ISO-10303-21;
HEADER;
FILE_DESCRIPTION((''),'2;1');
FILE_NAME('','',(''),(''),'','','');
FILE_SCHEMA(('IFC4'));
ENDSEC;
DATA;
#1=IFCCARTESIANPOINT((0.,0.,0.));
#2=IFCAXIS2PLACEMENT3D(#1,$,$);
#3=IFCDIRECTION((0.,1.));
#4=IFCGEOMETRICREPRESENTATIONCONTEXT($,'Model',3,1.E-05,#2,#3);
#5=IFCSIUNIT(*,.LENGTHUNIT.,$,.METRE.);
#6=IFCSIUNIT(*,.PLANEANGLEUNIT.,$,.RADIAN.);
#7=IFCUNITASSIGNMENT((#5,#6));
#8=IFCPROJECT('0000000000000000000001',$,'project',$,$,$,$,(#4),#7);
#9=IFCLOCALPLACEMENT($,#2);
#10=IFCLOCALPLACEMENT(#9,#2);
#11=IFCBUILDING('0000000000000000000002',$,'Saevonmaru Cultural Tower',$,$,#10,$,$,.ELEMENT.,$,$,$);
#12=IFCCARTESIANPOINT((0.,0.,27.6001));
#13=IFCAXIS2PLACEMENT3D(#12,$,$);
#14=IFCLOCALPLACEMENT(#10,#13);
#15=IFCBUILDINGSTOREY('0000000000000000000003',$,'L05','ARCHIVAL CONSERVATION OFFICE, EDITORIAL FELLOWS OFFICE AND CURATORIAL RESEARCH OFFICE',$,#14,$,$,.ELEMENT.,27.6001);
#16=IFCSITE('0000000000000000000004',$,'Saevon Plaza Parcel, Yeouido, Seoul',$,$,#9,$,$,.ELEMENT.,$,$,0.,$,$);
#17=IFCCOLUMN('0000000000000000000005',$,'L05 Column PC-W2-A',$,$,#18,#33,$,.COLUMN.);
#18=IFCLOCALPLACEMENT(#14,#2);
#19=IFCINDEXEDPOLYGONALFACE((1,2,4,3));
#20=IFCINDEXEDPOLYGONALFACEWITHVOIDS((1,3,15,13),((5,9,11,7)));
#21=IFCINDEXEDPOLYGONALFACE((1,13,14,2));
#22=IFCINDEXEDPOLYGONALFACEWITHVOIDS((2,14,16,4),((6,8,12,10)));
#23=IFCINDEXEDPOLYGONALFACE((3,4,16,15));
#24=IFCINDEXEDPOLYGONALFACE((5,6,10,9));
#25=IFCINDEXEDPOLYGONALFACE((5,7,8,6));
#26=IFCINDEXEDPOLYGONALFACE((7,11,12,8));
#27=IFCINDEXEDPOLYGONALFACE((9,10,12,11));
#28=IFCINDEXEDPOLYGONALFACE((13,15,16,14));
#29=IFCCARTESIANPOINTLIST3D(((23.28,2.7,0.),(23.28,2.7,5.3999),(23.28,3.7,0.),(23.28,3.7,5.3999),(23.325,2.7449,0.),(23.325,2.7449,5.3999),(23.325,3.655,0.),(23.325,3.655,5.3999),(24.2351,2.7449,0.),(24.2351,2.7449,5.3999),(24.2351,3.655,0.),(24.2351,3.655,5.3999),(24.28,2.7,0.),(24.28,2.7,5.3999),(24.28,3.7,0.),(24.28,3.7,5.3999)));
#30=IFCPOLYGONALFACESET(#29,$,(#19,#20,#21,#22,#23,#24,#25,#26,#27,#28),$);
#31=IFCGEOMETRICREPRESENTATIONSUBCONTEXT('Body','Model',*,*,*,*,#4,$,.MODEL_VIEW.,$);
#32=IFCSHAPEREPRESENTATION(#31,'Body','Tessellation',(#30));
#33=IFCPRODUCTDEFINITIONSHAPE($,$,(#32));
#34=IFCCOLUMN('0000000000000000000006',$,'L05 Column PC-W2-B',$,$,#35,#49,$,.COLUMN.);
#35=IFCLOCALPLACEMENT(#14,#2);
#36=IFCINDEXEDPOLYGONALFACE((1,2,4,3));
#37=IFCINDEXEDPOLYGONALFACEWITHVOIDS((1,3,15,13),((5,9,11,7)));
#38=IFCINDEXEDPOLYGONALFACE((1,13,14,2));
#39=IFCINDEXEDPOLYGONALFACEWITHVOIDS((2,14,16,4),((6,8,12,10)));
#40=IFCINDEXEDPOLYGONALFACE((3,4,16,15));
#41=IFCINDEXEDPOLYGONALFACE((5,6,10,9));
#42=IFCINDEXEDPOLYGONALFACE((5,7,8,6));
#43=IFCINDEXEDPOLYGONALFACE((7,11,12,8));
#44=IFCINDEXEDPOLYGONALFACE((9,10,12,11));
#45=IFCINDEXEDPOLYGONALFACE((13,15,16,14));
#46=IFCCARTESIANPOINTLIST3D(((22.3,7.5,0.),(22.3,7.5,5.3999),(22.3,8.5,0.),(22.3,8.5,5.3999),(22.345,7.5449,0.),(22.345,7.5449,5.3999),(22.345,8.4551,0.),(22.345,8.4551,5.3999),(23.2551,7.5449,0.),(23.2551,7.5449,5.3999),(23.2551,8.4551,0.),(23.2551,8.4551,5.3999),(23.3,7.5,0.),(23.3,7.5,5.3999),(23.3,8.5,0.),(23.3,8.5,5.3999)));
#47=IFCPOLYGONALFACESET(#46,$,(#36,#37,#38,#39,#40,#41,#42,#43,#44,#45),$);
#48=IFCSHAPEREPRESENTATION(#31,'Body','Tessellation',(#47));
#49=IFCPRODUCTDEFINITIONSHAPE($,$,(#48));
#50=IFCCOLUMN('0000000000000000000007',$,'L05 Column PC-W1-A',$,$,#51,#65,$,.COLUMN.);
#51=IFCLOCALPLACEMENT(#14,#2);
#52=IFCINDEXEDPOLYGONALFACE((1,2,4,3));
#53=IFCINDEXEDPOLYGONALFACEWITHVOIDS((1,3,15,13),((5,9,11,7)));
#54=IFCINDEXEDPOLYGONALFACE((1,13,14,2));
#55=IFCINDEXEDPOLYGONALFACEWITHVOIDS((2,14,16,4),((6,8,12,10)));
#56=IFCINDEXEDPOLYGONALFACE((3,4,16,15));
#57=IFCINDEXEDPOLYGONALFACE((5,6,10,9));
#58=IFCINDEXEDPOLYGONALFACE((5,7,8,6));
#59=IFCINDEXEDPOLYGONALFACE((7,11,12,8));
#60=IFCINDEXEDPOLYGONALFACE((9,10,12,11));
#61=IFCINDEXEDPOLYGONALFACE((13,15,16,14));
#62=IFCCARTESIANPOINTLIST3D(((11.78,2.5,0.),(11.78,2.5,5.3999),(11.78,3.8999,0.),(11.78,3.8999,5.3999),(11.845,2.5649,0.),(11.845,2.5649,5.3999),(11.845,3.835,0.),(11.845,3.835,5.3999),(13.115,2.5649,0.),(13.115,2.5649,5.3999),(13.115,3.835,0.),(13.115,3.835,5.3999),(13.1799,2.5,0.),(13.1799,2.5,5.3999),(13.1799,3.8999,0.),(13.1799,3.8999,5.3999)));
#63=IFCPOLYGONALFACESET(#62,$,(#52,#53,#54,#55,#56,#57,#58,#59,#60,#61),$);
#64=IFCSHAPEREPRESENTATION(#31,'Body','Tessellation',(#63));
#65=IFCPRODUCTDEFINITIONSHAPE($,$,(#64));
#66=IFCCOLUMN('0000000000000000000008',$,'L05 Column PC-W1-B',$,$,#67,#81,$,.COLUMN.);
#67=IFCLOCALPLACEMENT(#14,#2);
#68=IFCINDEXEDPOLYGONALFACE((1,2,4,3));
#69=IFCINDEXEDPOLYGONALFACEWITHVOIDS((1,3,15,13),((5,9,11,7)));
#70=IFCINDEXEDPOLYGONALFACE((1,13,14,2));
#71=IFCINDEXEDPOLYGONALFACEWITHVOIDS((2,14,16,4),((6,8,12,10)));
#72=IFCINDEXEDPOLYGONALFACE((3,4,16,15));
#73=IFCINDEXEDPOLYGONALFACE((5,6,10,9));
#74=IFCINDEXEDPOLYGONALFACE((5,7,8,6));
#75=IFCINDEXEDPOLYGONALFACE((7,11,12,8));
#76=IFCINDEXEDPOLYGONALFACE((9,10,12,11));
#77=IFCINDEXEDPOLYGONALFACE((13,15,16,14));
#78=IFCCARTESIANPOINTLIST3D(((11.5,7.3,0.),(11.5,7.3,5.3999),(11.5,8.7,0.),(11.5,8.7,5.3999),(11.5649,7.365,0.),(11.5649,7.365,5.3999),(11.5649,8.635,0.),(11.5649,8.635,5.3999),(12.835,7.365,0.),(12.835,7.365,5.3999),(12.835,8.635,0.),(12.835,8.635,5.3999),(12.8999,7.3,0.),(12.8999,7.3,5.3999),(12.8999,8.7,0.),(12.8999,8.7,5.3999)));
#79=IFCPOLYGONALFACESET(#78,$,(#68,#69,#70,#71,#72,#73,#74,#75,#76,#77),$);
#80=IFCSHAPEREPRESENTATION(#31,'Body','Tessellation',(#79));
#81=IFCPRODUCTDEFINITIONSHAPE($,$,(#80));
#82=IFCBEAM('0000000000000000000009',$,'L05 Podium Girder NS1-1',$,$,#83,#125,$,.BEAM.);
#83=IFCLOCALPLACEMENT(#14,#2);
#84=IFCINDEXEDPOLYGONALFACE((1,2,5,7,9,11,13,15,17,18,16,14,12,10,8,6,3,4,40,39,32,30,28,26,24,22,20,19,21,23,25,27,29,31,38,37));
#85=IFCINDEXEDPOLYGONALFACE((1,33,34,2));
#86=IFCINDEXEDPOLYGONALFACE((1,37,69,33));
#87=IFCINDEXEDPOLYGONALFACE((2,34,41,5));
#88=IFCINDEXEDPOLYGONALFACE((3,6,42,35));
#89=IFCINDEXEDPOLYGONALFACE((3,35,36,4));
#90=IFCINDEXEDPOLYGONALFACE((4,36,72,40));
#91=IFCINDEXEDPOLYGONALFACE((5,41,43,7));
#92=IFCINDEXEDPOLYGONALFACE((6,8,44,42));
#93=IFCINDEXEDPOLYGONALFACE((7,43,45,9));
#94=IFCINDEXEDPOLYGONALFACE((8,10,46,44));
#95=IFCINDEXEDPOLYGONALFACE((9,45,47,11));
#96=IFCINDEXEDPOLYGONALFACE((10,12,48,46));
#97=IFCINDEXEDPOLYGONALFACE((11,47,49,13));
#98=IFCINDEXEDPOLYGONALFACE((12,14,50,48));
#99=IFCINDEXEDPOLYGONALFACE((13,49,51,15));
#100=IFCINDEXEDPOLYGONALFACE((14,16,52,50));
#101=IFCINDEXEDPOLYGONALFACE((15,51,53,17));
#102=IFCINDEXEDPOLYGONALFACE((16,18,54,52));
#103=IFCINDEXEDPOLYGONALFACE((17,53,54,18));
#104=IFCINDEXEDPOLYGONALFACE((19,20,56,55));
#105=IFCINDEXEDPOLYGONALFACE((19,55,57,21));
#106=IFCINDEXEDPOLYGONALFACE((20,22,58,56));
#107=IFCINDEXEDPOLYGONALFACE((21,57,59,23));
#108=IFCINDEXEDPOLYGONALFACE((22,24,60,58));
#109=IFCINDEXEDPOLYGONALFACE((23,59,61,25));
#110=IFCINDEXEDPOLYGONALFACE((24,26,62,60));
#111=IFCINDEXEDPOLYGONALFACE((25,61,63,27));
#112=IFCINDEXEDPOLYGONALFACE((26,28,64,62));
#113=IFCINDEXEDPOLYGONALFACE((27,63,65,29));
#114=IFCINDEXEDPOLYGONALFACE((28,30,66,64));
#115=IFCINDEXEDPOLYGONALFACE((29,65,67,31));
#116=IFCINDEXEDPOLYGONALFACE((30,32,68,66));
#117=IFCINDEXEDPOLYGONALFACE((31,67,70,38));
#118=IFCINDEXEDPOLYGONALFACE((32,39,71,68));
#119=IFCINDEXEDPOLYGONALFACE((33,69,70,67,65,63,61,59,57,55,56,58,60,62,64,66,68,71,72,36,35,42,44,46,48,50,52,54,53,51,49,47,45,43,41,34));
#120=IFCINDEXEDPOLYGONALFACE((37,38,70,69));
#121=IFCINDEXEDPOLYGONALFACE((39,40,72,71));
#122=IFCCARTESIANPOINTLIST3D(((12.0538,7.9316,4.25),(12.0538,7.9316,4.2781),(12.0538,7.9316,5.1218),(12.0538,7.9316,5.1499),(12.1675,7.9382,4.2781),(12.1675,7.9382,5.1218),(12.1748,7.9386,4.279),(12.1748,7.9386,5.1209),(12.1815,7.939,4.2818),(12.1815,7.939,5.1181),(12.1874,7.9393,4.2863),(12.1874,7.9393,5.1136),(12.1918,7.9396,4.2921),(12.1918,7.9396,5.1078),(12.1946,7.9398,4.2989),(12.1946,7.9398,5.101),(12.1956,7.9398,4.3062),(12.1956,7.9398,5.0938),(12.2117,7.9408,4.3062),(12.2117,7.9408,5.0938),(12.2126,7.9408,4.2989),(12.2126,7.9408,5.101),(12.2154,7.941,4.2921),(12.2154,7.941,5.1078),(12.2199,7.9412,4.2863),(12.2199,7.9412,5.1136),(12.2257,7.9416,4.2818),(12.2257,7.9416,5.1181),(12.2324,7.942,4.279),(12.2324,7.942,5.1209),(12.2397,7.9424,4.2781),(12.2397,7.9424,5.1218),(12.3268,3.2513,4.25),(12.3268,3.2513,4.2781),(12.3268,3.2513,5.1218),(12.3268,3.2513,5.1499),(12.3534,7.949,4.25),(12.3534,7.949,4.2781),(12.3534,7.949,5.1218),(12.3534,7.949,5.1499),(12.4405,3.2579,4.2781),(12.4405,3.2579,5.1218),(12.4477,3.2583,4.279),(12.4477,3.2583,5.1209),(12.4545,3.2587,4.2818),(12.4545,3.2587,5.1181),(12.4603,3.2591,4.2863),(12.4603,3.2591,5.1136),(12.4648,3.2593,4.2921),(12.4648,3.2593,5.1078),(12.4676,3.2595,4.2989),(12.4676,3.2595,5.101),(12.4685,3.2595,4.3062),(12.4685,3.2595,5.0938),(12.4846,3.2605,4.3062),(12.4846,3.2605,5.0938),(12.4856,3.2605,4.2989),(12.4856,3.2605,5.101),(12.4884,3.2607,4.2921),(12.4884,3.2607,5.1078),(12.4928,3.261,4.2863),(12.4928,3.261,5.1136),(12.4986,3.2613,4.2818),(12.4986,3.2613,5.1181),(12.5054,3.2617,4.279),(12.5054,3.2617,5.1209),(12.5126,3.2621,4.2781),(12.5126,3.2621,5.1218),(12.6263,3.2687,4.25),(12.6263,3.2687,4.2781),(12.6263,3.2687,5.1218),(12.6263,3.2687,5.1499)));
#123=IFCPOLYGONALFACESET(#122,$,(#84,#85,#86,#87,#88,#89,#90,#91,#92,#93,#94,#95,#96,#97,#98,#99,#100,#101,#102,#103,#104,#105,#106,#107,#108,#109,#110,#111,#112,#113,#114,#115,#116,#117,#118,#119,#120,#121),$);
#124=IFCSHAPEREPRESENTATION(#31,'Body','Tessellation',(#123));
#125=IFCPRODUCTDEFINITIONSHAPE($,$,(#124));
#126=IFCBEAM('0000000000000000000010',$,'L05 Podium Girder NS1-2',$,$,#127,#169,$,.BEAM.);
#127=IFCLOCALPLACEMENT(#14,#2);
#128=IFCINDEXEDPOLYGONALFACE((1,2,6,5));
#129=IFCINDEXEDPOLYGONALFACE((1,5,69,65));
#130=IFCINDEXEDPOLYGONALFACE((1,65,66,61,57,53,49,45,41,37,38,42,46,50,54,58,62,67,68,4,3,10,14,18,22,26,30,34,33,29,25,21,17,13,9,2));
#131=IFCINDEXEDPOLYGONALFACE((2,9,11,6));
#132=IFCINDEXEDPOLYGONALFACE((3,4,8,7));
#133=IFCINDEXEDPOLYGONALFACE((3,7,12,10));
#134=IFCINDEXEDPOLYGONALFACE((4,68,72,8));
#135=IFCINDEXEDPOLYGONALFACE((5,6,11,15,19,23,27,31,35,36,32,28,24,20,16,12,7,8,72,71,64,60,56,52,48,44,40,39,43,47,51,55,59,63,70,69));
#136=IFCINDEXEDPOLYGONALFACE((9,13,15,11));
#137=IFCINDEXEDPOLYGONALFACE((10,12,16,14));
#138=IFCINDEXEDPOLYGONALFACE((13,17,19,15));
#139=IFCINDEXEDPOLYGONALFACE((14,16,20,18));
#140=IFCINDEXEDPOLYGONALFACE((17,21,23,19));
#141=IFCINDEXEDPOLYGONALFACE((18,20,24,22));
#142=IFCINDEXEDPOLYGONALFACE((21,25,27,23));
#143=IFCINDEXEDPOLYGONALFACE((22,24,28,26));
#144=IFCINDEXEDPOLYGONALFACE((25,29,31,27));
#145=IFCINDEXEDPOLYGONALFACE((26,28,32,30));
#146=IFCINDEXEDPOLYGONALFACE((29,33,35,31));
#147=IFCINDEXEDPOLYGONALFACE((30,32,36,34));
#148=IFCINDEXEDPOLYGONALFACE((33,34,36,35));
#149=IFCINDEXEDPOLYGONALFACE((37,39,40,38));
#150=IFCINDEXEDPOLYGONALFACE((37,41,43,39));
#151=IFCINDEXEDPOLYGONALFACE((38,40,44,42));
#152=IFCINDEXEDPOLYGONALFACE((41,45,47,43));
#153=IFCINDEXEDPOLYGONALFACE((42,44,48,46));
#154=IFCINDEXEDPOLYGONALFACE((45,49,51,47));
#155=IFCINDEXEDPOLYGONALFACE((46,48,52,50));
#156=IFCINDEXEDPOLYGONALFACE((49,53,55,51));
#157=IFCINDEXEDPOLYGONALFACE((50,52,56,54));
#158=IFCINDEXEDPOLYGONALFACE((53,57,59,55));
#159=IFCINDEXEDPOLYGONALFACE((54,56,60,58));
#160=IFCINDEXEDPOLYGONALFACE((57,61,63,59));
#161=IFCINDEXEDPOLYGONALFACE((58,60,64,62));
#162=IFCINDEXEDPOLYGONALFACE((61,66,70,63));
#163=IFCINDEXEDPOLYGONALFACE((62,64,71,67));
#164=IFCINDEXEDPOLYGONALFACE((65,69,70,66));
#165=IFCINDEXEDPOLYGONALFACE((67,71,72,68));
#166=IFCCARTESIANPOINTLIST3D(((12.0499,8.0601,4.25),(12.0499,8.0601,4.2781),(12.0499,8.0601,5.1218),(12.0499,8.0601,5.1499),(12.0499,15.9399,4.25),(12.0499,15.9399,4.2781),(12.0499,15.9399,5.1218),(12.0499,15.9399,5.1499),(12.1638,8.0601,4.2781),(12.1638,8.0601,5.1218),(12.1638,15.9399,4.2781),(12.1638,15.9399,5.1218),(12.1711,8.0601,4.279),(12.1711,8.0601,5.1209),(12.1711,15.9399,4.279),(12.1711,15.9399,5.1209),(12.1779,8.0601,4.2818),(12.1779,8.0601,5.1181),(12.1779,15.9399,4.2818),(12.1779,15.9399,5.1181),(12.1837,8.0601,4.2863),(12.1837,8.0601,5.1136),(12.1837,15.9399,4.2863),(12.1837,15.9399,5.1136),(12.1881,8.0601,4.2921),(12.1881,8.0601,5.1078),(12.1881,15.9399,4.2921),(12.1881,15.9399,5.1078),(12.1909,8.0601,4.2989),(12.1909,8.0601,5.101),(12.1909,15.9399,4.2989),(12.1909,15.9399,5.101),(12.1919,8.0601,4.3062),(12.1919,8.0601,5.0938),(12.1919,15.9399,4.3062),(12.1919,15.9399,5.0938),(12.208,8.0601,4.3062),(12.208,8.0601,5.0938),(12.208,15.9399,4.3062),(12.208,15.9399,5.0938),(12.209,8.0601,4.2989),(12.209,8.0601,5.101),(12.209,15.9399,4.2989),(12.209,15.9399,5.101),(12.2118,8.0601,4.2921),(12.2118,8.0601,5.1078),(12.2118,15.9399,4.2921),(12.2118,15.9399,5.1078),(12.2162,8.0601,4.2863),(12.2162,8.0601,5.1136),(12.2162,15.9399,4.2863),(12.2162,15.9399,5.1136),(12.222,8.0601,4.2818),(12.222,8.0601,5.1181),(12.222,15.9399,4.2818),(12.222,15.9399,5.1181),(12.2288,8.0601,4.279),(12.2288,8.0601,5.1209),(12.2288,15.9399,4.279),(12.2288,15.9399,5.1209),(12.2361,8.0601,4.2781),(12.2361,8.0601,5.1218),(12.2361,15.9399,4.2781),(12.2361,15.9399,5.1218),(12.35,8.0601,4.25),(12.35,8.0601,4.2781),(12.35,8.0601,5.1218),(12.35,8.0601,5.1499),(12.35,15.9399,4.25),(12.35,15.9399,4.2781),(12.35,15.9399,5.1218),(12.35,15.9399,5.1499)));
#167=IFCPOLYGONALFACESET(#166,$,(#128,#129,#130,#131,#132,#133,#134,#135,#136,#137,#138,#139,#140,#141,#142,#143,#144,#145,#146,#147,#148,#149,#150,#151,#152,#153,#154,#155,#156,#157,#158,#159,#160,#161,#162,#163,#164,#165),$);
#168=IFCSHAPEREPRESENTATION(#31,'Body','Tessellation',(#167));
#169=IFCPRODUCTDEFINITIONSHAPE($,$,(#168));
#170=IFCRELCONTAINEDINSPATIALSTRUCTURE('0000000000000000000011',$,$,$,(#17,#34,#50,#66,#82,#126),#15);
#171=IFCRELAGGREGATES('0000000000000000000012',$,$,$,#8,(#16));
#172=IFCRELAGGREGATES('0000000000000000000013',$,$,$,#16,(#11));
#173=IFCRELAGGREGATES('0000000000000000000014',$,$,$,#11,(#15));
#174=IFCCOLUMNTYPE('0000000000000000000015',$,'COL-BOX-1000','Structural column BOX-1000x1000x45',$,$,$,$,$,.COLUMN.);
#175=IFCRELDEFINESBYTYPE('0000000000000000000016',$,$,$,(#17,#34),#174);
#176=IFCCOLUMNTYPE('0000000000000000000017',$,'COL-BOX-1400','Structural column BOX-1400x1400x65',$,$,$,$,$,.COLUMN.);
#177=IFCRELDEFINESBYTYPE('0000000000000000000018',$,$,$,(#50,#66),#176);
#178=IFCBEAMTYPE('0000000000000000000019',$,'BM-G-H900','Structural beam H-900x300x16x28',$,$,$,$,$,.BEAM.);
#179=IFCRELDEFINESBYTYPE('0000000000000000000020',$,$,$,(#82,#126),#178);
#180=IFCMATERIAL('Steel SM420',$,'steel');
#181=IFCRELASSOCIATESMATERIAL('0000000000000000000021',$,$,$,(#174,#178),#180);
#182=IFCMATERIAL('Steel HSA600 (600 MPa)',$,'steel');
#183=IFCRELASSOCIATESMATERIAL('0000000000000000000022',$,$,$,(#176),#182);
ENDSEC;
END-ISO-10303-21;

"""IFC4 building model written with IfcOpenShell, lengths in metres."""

from ifc_helpers import new_model, si_unit, direction, frame, origin, origin_2d, place, context, subcontext, project, spatial, hollow_rectangle, i_section, extrude, material, material_profile, profile_set, type_object, element, save


model = new_model("IFC4")

# Units and contexts
model_context = context("Model", 3, precision=1e-05, world=origin(), true_north=direction((0.0, 1.0)))
body_context = subcontext(model_context, "Body", "Model", "MODEL_VIEW")
ifc_project = project(units=[si_unit("LENGTHUNIT", "METRE"), si_unit("PLANEANGLEUNIT", "RADIAN")], contexts=[model_context])

# Site, building, storey
site_placement = place(None, origin())
site = spatial("IfcSite", under=ifc_project, at=site_placement, Name="Saevon Plaza Parcel, Yeouido, Seoul", CompositionType="ELEMENT", RefElevation=0.0)
building_placement = place(site_placement, origin())
building = spatial("IfcBuilding", under=site, at=building_placement, Name="Saevonmaru Cultural Tower", CompositionType="ELEMENT")
storey_placement = place(building_placement, frame((0.0, 0.0, 27.6001)))
storey = spatial("IfcBuildingStorey", under=building, at=storey_placement, Name="L05", Description="ARCHIVAL CONSERVATION OFFICE, EDITORIAL FELLOWS OFFICE AND CURATORIAL RESEARCH OFFICE", CompositionType="ELEMENT", Elevation=27.6001)

# Columns
ifc_material_1 = material(Name="Steel SM420", Category="steel")
ifc_material_profile_1 = material_profile(ifc_material_1, hollow_rectangle(XDim=1.0, YDim=1.0, WallThickness=0.0449, at=origin_2d()), Name="BOX-1000x1000x45")
ifc_profile_set_1 = profile_set([ifc_material_profile_1], Name="Steel SM420")
column_type_1 = type_object("IfcColumnType", Name="COL-BOX-1000", Description="Structural column BOX-1000x1000x45", PredefinedType="COLUMN", material=ifc_profile_set_1)
for number, where, z_axis, x_axis, name in (
    (1, (23.78, 3.2, 0.0), (0.0, 0.0, 1.0), (1.0, 0.0, 0.0), "L05 Column PC-W2-A"),
    (2, (22.8, 8.0, 0.0), (0.0, 0.0, 1.0), (1.0, 0.0, 0.0), "L05 Column PC-W2-B"),
):
    element("IfcColumn", number, at=place(storey_placement, frame(where, z_axis=z_axis, x_axis=x_axis)), inside=storey, type_object=column_type_1, Name=name, PredefinedType="COLUMN", context=body_context, shape_type="SweptSolid", body=[
        extrude(hollow_rectangle(XDim=1.0, YDim=1.0, WallThickness=0.0449, at=origin_2d()), origin(), (0.0, 0.0, 1.0), 5.3999),
    ])
ifc_material_2 = material(Name="Steel HSA600 (600 MPa)", Category="steel")
ifc_material_profile_2 = material_profile(ifc_material_2, hollow_rectangle(XDim=1.3999, YDim=1.3999, WallThickness=0.0649, at=origin_2d()), Name="BOX-1400x1400x65")
ifc_profile_set_2 = profile_set([ifc_material_profile_2], Name="Steel HSA600 (600 MPa)")
column_type_2 = type_object("IfcColumnType", Name="COL-BOX-1400", Description="Structural column BOX-1400x1400x65", PredefinedType="COLUMN", material=ifc_profile_set_2)
for number, where, z_axis, x_axis, name in (
    (3, (12.48, 3.2, 0.0), (0.0, 0.0, 1.0), (1.0, 0.0, 0.0), "L05 Column PC-W1-A"),
    (4, (12.2, 8.0, 0.0), (0.0, 0.0, 1.0), (1.0, 0.0, 0.0), "L05 Column PC-W1-B"),
):
    element("IfcColumn", number, at=place(storey_placement, frame(where, z_axis=z_axis, x_axis=x_axis)), inside=storey, type_object=column_type_2, Name=name, PredefinedType="COLUMN", context=body_context, shape_type="SweptSolid", body=[
        extrude(hollow_rectangle(XDim=1.3999, YDim=1.3999, WallThickness=0.0649, at=origin_2d()), origin(), (0.0, 0.0, 1.0), 5.3999),
    ])

# Beams
ifc_material_profile_3 = material_profile(ifc_material_1, i_section(OverallWidth=0.3, OverallDepth=0.8999, WebThickness=0.0161, FlangeThickness=0.0281, FilletRadius=0.0281, at=origin_2d()), Name="H-900x300x16x28")
ifc_profile_set_3 = profile_set([ifc_material_profile_3], Name="Steel SM420")
beam_type_1 = type_object("IfcBeamType", Name="BM-G-H900", Description="Structural beam H-900x300x16x28", PredefinedType="BEAM", material=ifc_profile_set_3)
beam_1_placement = place(storey_placement, frame((12.4766, 3.26, 4.7), z_axis=(-0.058221, 0.998304, 0.0), x_axis=(-0.998304, -0.058221, 0.0)))
element("IfcBeam", 5, at=beam_1_placement, inside=storey, type_object=beam_type_1, Name="L05 Podium Girder NS1-1", PredefinedType="BEAM", context=body_context, shape_type="SweptSolid", body=[
    extrude(i_section(OverallWidth=0.3, OverallDepth=0.8999, WebThickness=0.0161, FlangeThickness=0.0281, FilletRadius=0.0281, at=origin_2d()), origin(), (0.0, 0.0, 1.0), 4.6882),
])
beam_2_placement = place(storey_placement, frame((12.2, 8.0601, 4.7), z_axis=(0.0, 1.0, 0.0), x_axis=(-1.0, 0.0, 0.0)))
element("IfcBeam", 6, at=beam_2_placement, inside=storey, type_object=beam_type_1, Name="L05 Podium Girder NS1-2", PredefinedType="BEAM", context=body_context, shape_type="SweptSolid", body=[
    extrude(i_section(OverallWidth=0.3, OverallDepth=0.8999, WebThickness=0.0161, FlangeThickness=0.0281, FilletRadius=0.0281, at=origin_2d()), origin(), (0.0, 0.0, 1.0), 7.8799),
])

save(model, "model.ifc")
